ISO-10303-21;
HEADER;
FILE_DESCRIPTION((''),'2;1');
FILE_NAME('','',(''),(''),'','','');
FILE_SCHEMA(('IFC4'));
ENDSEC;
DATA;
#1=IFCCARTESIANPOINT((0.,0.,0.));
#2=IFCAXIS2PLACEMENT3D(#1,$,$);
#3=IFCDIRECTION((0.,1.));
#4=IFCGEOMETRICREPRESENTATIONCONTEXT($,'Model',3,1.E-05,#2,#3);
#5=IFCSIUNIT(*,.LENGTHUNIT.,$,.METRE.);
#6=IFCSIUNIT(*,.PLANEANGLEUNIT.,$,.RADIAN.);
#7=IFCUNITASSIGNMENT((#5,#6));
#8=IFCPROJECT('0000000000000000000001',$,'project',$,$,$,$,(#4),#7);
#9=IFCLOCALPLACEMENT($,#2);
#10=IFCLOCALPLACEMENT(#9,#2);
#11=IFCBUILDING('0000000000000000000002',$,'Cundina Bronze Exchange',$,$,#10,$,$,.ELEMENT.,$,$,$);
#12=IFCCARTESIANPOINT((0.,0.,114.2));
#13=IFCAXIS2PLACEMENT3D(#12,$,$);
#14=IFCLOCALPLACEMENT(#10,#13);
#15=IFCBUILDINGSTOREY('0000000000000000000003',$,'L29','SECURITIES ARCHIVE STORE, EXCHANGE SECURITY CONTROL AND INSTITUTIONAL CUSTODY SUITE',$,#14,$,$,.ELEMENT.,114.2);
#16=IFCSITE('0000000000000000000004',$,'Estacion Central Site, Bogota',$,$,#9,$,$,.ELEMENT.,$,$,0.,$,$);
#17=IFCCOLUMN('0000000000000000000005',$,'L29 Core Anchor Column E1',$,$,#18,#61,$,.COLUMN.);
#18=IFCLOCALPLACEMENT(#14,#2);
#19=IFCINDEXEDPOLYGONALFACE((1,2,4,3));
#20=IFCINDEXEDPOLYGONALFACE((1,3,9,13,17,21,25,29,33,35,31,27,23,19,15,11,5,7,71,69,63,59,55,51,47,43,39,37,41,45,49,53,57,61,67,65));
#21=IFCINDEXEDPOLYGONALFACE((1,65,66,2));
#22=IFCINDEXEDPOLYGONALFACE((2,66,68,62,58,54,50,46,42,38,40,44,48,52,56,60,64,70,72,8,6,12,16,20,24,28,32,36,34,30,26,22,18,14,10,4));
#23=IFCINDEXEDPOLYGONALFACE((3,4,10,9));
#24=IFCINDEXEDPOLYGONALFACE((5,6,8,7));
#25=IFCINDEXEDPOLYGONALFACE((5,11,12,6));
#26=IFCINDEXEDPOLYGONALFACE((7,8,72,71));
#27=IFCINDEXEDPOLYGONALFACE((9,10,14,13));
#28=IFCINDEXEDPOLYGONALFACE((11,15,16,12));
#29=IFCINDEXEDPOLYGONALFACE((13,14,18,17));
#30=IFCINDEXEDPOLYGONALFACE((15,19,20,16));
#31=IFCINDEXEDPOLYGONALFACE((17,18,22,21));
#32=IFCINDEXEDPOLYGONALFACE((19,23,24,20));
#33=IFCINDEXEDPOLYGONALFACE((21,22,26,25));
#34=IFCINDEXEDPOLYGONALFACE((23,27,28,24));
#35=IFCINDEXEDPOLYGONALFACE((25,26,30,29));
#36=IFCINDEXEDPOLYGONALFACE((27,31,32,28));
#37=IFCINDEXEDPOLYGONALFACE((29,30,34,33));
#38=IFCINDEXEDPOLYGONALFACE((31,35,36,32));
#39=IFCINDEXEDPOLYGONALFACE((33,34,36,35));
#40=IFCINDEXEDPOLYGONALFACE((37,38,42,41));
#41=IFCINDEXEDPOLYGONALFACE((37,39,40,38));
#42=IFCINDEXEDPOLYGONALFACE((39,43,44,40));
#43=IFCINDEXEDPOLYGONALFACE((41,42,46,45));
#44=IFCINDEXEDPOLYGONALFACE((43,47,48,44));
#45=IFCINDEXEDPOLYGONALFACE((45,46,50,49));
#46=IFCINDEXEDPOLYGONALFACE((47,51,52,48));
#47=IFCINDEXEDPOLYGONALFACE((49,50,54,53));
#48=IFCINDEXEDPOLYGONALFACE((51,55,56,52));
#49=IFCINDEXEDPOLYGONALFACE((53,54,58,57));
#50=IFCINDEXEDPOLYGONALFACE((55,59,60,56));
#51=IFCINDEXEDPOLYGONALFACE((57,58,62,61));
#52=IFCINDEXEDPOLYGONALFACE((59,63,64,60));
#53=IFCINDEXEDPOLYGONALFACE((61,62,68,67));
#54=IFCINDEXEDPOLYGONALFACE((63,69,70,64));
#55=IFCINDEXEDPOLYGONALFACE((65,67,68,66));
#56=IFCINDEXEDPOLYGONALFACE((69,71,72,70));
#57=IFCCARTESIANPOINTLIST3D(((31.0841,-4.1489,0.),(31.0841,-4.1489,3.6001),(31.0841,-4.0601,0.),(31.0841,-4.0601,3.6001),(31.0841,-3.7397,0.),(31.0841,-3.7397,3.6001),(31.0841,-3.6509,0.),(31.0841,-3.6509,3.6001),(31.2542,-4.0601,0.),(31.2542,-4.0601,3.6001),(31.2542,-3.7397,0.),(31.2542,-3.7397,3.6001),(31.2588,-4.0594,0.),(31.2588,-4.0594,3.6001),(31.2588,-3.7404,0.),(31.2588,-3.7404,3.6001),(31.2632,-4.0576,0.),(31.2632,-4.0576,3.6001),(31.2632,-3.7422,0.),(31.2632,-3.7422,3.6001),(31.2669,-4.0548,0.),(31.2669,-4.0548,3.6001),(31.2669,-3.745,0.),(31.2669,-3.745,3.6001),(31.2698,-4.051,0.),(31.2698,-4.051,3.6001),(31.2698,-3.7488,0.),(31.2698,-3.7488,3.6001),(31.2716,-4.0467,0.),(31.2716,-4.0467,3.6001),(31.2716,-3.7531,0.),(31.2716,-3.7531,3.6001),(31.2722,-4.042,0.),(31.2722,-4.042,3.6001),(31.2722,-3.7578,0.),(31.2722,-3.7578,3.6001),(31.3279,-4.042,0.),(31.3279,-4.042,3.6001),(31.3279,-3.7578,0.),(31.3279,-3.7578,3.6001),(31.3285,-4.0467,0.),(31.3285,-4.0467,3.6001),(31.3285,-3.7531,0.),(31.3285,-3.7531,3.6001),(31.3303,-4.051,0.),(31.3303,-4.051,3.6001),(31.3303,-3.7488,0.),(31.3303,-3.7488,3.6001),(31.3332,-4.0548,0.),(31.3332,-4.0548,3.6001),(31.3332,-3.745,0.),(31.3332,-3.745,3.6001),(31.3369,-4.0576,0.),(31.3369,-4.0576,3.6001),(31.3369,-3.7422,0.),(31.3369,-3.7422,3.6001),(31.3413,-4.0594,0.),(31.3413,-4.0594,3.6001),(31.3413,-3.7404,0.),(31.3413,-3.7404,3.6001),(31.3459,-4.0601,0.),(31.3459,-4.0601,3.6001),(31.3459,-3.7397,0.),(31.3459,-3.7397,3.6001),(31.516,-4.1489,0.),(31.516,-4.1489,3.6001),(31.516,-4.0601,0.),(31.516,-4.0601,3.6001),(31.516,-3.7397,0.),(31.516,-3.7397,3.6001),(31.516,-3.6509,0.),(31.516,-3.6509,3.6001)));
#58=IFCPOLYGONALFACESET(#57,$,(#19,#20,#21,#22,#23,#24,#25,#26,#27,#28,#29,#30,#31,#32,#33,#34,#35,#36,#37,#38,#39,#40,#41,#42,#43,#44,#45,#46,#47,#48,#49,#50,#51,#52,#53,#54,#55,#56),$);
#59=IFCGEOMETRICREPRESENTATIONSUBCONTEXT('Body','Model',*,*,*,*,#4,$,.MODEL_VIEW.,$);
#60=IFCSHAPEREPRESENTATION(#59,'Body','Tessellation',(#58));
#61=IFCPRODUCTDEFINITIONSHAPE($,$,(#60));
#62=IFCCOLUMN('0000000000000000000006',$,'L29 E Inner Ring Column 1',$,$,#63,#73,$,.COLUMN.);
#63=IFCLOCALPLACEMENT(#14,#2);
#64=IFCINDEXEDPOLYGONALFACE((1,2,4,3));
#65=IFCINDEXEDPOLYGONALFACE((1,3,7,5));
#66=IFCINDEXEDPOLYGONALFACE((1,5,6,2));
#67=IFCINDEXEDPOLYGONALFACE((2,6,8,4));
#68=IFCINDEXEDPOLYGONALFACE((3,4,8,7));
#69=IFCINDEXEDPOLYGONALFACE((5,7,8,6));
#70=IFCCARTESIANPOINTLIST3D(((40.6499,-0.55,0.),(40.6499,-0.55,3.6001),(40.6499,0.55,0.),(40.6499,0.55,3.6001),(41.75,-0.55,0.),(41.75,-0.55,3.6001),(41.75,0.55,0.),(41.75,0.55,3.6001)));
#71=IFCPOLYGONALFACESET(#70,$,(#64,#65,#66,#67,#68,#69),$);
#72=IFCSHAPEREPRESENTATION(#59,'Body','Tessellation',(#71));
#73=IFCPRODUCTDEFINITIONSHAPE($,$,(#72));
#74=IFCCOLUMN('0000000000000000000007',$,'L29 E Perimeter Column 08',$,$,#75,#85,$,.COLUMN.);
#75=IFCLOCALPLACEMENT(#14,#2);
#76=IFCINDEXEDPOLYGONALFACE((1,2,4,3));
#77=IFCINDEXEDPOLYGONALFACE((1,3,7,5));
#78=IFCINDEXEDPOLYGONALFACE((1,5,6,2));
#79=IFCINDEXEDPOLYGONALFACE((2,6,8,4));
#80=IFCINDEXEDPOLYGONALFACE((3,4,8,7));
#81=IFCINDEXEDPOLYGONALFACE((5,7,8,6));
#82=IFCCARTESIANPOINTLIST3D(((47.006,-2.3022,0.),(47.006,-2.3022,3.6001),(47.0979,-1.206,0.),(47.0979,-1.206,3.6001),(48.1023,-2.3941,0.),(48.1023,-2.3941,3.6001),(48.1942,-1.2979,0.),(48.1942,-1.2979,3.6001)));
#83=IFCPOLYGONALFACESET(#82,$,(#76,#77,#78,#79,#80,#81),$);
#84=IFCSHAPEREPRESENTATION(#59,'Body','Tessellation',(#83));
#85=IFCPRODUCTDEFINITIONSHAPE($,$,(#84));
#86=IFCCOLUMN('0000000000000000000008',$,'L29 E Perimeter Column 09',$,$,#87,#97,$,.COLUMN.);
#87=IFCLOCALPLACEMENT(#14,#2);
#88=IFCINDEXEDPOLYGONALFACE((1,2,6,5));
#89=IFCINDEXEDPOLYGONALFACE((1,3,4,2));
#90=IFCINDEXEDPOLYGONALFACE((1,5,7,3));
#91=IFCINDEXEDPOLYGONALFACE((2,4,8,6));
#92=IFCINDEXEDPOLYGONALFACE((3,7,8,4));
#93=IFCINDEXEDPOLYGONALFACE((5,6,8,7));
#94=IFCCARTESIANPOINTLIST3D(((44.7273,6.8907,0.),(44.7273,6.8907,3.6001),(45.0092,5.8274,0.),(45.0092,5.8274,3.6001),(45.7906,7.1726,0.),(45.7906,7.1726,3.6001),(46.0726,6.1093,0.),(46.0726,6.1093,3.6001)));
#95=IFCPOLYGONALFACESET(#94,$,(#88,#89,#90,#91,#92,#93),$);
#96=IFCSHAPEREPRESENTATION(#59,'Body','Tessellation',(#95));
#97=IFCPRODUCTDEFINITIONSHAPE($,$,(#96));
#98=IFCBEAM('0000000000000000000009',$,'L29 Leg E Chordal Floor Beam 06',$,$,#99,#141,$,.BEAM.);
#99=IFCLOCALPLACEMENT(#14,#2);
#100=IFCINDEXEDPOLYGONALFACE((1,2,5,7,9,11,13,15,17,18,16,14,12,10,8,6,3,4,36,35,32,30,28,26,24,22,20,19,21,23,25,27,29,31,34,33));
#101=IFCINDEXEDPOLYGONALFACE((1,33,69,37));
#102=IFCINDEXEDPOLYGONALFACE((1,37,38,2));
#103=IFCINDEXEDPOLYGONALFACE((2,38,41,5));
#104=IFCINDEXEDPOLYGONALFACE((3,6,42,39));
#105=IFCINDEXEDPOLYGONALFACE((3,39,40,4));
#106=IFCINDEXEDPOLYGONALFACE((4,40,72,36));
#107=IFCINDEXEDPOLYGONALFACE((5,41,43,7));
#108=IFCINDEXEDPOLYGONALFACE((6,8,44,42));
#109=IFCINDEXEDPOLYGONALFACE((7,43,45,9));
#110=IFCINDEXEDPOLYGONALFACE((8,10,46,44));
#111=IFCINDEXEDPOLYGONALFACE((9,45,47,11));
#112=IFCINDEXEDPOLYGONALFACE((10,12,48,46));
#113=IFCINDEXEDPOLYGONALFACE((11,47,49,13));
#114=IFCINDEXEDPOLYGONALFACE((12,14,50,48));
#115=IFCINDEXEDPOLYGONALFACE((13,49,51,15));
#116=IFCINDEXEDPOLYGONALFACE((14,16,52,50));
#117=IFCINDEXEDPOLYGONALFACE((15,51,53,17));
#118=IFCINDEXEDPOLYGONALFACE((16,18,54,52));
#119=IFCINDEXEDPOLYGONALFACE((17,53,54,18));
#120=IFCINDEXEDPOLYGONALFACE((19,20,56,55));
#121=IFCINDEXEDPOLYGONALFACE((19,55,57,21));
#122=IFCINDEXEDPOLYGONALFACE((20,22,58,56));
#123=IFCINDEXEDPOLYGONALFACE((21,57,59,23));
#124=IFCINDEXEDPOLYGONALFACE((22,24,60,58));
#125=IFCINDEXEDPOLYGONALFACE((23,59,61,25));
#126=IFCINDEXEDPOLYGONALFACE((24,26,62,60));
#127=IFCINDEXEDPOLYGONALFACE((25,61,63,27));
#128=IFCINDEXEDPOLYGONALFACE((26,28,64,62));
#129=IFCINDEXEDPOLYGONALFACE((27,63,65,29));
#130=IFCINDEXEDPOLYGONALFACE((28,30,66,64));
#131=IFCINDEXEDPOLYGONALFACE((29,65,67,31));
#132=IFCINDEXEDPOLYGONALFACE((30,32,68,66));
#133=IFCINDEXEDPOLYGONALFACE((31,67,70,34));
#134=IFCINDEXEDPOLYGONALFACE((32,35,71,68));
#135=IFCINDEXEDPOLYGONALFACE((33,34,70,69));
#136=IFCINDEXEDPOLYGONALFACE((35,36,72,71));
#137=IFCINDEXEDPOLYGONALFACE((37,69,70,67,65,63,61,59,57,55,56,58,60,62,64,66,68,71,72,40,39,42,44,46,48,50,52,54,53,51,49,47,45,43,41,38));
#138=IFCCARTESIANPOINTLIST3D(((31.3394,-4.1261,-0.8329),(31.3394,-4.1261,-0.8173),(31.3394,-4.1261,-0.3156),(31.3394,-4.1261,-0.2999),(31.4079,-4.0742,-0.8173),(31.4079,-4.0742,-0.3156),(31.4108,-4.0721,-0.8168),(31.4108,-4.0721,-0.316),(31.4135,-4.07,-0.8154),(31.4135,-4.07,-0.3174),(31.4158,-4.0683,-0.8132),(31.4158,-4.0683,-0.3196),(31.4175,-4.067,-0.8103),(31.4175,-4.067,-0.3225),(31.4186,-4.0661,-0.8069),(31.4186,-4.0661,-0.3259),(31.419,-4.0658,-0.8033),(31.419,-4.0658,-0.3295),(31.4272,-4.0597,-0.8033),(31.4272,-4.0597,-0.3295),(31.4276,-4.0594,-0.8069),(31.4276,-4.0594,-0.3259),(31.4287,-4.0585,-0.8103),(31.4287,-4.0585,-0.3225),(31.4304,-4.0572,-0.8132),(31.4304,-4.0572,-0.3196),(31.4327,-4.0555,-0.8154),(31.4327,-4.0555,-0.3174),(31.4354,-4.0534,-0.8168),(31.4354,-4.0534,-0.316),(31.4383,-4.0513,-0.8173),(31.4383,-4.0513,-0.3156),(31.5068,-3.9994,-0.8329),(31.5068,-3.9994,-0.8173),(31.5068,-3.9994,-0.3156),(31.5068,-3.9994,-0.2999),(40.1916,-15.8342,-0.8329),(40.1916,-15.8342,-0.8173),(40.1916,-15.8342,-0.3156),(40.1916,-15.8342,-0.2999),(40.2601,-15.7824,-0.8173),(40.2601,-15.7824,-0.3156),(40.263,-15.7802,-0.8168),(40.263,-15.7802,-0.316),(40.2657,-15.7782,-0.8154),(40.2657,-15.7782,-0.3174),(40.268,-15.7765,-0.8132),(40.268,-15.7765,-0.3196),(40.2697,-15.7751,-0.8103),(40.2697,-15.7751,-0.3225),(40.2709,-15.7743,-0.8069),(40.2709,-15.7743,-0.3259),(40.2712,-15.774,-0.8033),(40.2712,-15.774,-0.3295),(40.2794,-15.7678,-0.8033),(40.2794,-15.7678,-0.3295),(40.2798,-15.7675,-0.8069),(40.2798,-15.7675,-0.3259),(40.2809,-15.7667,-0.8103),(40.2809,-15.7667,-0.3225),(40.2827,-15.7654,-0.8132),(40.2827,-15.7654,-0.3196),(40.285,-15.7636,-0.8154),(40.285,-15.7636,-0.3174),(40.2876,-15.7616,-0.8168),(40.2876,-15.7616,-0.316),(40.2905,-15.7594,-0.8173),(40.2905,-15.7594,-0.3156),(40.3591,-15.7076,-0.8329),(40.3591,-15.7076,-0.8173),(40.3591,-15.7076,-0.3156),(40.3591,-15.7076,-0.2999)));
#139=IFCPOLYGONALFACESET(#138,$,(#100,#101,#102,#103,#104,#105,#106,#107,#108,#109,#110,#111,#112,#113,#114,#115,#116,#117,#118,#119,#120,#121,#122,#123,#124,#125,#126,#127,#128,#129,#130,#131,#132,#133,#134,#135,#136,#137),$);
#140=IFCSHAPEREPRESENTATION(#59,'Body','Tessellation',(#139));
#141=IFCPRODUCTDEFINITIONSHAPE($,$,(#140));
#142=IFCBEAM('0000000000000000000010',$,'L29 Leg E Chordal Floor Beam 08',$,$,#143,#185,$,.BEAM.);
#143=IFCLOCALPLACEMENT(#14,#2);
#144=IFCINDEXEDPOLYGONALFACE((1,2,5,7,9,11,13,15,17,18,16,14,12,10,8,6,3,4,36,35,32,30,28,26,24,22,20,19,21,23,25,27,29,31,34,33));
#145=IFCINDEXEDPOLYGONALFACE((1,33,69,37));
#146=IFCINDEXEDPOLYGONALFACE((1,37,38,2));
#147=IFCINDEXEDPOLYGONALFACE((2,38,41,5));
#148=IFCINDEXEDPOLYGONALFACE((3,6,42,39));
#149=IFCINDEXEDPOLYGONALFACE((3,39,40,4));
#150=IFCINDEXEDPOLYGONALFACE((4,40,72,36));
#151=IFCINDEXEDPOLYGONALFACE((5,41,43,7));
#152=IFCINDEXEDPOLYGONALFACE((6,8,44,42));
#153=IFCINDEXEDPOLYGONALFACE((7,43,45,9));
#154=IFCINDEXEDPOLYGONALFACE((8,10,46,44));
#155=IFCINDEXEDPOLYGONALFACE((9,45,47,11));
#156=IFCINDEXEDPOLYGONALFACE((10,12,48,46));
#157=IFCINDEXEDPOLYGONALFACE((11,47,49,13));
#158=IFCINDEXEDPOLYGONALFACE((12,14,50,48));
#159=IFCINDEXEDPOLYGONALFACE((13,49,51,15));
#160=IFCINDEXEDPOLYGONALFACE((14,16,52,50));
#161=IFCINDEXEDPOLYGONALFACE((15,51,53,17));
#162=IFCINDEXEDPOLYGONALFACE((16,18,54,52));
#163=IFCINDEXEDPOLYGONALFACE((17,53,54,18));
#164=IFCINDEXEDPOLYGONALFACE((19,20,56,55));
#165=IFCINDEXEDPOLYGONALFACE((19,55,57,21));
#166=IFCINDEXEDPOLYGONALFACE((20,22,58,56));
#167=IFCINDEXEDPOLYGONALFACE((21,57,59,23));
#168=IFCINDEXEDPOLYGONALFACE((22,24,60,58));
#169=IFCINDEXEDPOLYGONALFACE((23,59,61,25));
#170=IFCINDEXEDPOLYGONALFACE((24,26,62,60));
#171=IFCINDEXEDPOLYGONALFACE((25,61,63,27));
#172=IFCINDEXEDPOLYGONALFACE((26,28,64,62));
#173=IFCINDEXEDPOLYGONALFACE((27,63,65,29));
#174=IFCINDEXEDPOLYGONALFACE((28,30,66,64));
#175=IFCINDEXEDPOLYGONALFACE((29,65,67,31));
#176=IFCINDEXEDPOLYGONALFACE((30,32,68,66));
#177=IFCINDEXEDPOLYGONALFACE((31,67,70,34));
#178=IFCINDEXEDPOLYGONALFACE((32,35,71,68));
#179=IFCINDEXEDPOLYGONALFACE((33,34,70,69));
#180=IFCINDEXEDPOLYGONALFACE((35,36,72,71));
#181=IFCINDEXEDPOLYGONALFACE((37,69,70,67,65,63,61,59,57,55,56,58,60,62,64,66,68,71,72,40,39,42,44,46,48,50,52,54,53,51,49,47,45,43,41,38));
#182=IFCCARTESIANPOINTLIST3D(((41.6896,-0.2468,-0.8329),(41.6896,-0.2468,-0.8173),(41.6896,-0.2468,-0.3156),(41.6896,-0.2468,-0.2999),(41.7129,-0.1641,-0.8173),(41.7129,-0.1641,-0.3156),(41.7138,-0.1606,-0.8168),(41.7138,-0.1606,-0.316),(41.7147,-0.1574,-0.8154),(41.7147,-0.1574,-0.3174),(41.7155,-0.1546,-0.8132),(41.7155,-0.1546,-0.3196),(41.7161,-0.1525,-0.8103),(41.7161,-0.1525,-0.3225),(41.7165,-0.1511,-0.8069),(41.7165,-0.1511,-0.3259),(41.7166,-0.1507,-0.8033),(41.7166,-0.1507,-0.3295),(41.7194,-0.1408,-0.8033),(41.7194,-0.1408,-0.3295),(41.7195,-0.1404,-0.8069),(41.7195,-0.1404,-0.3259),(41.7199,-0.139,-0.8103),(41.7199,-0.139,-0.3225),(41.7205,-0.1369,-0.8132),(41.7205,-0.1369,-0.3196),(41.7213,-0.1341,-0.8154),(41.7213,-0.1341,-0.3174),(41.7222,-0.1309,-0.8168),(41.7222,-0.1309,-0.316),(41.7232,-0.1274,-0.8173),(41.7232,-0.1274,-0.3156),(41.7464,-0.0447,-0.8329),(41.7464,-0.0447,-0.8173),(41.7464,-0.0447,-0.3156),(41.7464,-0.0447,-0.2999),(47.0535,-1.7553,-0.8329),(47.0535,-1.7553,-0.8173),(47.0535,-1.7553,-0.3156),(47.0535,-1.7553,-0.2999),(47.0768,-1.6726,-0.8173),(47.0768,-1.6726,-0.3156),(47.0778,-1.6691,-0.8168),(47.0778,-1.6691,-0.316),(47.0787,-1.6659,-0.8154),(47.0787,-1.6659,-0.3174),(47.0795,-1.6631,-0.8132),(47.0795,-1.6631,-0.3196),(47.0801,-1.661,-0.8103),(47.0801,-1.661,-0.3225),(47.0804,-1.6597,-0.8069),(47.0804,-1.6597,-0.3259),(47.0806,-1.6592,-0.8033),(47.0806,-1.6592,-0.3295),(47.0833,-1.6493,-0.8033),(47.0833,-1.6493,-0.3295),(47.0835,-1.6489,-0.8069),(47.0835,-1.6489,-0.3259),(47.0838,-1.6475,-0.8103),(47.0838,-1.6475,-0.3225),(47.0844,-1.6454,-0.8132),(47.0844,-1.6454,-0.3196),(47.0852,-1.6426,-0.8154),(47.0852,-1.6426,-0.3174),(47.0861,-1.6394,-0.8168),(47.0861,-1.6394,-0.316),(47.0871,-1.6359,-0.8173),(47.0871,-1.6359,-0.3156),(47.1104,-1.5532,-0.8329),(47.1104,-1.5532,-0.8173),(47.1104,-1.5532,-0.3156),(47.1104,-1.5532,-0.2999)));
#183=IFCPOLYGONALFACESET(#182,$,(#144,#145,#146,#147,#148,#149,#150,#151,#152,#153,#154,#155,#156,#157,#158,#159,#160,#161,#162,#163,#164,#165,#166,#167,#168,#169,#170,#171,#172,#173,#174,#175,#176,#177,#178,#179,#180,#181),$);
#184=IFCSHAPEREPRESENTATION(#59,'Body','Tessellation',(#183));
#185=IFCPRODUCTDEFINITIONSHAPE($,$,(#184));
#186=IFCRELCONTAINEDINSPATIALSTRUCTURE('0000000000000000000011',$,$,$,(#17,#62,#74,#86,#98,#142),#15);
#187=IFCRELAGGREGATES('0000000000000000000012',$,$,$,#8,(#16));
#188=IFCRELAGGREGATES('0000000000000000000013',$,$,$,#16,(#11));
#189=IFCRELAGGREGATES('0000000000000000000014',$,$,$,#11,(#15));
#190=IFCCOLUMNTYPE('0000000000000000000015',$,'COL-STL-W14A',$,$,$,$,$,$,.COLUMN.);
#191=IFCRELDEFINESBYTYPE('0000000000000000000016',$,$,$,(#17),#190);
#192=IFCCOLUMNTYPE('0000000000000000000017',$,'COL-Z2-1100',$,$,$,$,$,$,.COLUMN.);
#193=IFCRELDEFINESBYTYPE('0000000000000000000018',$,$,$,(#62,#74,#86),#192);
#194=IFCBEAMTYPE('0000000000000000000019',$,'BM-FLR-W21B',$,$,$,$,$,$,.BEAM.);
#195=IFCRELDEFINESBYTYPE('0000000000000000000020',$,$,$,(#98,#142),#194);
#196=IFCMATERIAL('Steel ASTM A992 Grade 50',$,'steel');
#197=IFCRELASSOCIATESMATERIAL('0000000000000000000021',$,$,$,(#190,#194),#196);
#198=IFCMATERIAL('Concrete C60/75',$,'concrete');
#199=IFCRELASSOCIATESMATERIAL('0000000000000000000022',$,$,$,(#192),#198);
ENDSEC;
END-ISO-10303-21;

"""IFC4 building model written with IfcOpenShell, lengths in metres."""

from ifc_helpers import new_model, si_unit, direction, frame, origin, origin_2d, place, context, subcontext, project, spatial, rectangle, i_section, extrude, material, material_profile, profile_set, type_object, element, save


model = new_model("IFC4")

# Units and contexts
model_context = context("Model", 3, precision=1e-05, world=origin(), true_north=direction((0.0, 1.0)))
body_context = subcontext(model_context, "Body", "Model", "MODEL_VIEW")
ifc_project = project(units=[si_unit("LENGTHUNIT", "METRE"), si_unit("PLANEANGLEUNIT", "RADIAN")], contexts=[model_context])

# Site, building, storey
site_placement = place(None, origin())
site = spatial("IfcSite", under=ifc_project, at=site_placement, Name="Estacion Central Site, Bogota", CompositionType="ELEMENT", RefElevation=0.0)
building_placement = place(site_placement, origin())
building = spatial("IfcBuilding", under=site, at=building_placement, Name="Cundina Bronze Exchange", CompositionType="ELEMENT")
storey_placement = place(building_placement, frame((0.0, 0.0, 114.2)))
storey = spatial("IfcBuildingStorey", under=building, at=storey_placement, Name="L29", Description="SECURITIES ARCHIVE STORE, EXCHANGE SECURITY CONTROL AND INSTITUTIONAL CUSTODY SUITE", CompositionType="ELEMENT", Elevation=114.2)

# Columns
ifc_material_1 = material(Name="Steel ASTM A992 Grade 50", Category="steel")
ifc_material_profile_1 = material_profile(ifc_material_1, i_section(OverallWidth=0.4319, OverallDepth=0.498, WebThickness=0.0557, FlangeThickness=0.0889, FilletRadius=0.0181, at=origin_2d()), Name="W14X500", Category="steel")
ifc_profile_set_1 = profile_set([ifc_material_profile_1], Name="Steel ASTM A992 Grade 50")
column_type_1 = type_object("IfcColumnType", Name="COL-STL-W14A", PredefinedType="COLUMN", material=ifc_profile_set_1)
column_placement = place(storey_placement, frame((31.3, -3.8999, 0.0), z_axis=(0.0, 0.0, 1.0), x_axis=(1.0, 0.0, 0.0)))
element("IfcColumn", 1, at=column_placement, inside=storey, type_object=column_type_1, Name="L29 Core Anchor Column E1", PredefinedType="COLUMN", context=body_context, shape_type="SweptSolid", body=[
    extrude(i_section(OverallWidth=0.4319, OverallDepth=0.498, WebThickness=0.0557, FlangeThickness=0.0889, FilletRadius=0.0181, at=origin_2d()), origin(), (0.0, 0.0, 1.0), 3.6001),
])
ifc_material_2 = material(Name="Concrete C60/75", Category="concrete")
ifc_material_profile_2 = material_profile(ifc_material_2, rectangle(XDim=1.1001, YDim=1.1001, at=origin_2d()), Name="RC1100X1100", Category="concrete")
ifc_profile_set_2 = profile_set([ifc_material_profile_2], Name="Concrete C60/75")
column_type_2 = type_object("IfcColumnType", Name="COL-Z2-1100", PredefinedType="COLUMN", material=ifc_profile_set_2)
for number, where, z_axis, x_axis, name in (
    (2, (41.2, 0.0, 0.0), (0.0, 0.0, 1.0), (1.0, 0.0, 0.0), "L29 E Inner Ring Column 1"),
    (3, (47.6001, -1.8, 0.0), (0.0, 0.0, 1.0), (0.083504, 0.996507, 0.0), "L29 E Perimeter Column 08"),
    (4, (45.3999, 6.5, 0.0), (0.0, 0.0, 1.0), (-0.256289, 0.9666, 0.0), "L29 E Perimeter Column 09"),
):
    element("IfcColumn", number, at=place(storey_placement, frame(where, z_axis=z_axis, x_axis=x_axis)), inside=storey, type_object=column_type_2, Name=name, PredefinedType="COLUMN", context=body_context, shape_type="SweptSolid", body=[
        extrude(rectangle(XDim=1.1001, YDim=1.1001, at=origin_2d()), origin(), (0.0, 0.0, 1.0), 3.6001),
    ])

# Beams
ifc_material_profile_3 = material_profile(ifc_material_1, i_section(OverallWidth=0.21, OverallDepth=0.533, WebThickness=0.0103, FlangeThickness=0.0156, FilletRadius=0.0139, at=origin_2d()), Name="W21X62", Category="steel")
ifc_profile_set_3 = profile_set([ifc_material_profile_3], Name="Steel ASTM A992 Grade 50")
beam_type_1 = type_object("IfcBeamType", Name="BM-FLR-W21B", PredefinedType="BEAM", material=ifc_profile_set_3)
beam_1_placement = place(storey_placement, frame((31.4231, -4.0627, -0.5664), z_axis=(0.603096, -0.797669, 0.0), x_axis=(0.797669, 0.603096, 0.0)))
element("IfcBeam", 5, at=beam_1_placement, inside=storey, type_object=beam_type_1, Name="L29 Leg E Chordal Floor Beam 06", PredefinedType="BEAM", context=body_context, shape_type="SweptSolid", body=[
    extrude(i_section(OverallWidth=0.21, OverallDepth=0.533, WebThickness=0.0103, FlangeThickness=0.0156, FilletRadius=0.0139, at=origin_2d()), origin(), (0.0, 0.0, 1.0), 14.678),
])
beam_2_placement = place(storey_placement, frame((41.718, -0.1458, -0.5664), z_axis=(0.962655, -0.270732, 0.0), x_axis=(0.270732, 0.962655, 0.0)))
element("IfcBeam", 6, at=beam_2_placement, inside=storey, type_object=beam_type_1, Name="L29 Leg E Chordal Floor Beam 08", PredefinedType="BEAM", context=body_context, shape_type="SweptSolid", body=[
    extrude(i_section(OverallWidth=0.21, OverallDepth=0.533, WebThickness=0.0103, FlangeThickness=0.0156, FilletRadius=0.0139, at=origin_2d()), origin(), (0.0, 0.0, 1.0), 5.572),
])

save(model, "model.ifc")
